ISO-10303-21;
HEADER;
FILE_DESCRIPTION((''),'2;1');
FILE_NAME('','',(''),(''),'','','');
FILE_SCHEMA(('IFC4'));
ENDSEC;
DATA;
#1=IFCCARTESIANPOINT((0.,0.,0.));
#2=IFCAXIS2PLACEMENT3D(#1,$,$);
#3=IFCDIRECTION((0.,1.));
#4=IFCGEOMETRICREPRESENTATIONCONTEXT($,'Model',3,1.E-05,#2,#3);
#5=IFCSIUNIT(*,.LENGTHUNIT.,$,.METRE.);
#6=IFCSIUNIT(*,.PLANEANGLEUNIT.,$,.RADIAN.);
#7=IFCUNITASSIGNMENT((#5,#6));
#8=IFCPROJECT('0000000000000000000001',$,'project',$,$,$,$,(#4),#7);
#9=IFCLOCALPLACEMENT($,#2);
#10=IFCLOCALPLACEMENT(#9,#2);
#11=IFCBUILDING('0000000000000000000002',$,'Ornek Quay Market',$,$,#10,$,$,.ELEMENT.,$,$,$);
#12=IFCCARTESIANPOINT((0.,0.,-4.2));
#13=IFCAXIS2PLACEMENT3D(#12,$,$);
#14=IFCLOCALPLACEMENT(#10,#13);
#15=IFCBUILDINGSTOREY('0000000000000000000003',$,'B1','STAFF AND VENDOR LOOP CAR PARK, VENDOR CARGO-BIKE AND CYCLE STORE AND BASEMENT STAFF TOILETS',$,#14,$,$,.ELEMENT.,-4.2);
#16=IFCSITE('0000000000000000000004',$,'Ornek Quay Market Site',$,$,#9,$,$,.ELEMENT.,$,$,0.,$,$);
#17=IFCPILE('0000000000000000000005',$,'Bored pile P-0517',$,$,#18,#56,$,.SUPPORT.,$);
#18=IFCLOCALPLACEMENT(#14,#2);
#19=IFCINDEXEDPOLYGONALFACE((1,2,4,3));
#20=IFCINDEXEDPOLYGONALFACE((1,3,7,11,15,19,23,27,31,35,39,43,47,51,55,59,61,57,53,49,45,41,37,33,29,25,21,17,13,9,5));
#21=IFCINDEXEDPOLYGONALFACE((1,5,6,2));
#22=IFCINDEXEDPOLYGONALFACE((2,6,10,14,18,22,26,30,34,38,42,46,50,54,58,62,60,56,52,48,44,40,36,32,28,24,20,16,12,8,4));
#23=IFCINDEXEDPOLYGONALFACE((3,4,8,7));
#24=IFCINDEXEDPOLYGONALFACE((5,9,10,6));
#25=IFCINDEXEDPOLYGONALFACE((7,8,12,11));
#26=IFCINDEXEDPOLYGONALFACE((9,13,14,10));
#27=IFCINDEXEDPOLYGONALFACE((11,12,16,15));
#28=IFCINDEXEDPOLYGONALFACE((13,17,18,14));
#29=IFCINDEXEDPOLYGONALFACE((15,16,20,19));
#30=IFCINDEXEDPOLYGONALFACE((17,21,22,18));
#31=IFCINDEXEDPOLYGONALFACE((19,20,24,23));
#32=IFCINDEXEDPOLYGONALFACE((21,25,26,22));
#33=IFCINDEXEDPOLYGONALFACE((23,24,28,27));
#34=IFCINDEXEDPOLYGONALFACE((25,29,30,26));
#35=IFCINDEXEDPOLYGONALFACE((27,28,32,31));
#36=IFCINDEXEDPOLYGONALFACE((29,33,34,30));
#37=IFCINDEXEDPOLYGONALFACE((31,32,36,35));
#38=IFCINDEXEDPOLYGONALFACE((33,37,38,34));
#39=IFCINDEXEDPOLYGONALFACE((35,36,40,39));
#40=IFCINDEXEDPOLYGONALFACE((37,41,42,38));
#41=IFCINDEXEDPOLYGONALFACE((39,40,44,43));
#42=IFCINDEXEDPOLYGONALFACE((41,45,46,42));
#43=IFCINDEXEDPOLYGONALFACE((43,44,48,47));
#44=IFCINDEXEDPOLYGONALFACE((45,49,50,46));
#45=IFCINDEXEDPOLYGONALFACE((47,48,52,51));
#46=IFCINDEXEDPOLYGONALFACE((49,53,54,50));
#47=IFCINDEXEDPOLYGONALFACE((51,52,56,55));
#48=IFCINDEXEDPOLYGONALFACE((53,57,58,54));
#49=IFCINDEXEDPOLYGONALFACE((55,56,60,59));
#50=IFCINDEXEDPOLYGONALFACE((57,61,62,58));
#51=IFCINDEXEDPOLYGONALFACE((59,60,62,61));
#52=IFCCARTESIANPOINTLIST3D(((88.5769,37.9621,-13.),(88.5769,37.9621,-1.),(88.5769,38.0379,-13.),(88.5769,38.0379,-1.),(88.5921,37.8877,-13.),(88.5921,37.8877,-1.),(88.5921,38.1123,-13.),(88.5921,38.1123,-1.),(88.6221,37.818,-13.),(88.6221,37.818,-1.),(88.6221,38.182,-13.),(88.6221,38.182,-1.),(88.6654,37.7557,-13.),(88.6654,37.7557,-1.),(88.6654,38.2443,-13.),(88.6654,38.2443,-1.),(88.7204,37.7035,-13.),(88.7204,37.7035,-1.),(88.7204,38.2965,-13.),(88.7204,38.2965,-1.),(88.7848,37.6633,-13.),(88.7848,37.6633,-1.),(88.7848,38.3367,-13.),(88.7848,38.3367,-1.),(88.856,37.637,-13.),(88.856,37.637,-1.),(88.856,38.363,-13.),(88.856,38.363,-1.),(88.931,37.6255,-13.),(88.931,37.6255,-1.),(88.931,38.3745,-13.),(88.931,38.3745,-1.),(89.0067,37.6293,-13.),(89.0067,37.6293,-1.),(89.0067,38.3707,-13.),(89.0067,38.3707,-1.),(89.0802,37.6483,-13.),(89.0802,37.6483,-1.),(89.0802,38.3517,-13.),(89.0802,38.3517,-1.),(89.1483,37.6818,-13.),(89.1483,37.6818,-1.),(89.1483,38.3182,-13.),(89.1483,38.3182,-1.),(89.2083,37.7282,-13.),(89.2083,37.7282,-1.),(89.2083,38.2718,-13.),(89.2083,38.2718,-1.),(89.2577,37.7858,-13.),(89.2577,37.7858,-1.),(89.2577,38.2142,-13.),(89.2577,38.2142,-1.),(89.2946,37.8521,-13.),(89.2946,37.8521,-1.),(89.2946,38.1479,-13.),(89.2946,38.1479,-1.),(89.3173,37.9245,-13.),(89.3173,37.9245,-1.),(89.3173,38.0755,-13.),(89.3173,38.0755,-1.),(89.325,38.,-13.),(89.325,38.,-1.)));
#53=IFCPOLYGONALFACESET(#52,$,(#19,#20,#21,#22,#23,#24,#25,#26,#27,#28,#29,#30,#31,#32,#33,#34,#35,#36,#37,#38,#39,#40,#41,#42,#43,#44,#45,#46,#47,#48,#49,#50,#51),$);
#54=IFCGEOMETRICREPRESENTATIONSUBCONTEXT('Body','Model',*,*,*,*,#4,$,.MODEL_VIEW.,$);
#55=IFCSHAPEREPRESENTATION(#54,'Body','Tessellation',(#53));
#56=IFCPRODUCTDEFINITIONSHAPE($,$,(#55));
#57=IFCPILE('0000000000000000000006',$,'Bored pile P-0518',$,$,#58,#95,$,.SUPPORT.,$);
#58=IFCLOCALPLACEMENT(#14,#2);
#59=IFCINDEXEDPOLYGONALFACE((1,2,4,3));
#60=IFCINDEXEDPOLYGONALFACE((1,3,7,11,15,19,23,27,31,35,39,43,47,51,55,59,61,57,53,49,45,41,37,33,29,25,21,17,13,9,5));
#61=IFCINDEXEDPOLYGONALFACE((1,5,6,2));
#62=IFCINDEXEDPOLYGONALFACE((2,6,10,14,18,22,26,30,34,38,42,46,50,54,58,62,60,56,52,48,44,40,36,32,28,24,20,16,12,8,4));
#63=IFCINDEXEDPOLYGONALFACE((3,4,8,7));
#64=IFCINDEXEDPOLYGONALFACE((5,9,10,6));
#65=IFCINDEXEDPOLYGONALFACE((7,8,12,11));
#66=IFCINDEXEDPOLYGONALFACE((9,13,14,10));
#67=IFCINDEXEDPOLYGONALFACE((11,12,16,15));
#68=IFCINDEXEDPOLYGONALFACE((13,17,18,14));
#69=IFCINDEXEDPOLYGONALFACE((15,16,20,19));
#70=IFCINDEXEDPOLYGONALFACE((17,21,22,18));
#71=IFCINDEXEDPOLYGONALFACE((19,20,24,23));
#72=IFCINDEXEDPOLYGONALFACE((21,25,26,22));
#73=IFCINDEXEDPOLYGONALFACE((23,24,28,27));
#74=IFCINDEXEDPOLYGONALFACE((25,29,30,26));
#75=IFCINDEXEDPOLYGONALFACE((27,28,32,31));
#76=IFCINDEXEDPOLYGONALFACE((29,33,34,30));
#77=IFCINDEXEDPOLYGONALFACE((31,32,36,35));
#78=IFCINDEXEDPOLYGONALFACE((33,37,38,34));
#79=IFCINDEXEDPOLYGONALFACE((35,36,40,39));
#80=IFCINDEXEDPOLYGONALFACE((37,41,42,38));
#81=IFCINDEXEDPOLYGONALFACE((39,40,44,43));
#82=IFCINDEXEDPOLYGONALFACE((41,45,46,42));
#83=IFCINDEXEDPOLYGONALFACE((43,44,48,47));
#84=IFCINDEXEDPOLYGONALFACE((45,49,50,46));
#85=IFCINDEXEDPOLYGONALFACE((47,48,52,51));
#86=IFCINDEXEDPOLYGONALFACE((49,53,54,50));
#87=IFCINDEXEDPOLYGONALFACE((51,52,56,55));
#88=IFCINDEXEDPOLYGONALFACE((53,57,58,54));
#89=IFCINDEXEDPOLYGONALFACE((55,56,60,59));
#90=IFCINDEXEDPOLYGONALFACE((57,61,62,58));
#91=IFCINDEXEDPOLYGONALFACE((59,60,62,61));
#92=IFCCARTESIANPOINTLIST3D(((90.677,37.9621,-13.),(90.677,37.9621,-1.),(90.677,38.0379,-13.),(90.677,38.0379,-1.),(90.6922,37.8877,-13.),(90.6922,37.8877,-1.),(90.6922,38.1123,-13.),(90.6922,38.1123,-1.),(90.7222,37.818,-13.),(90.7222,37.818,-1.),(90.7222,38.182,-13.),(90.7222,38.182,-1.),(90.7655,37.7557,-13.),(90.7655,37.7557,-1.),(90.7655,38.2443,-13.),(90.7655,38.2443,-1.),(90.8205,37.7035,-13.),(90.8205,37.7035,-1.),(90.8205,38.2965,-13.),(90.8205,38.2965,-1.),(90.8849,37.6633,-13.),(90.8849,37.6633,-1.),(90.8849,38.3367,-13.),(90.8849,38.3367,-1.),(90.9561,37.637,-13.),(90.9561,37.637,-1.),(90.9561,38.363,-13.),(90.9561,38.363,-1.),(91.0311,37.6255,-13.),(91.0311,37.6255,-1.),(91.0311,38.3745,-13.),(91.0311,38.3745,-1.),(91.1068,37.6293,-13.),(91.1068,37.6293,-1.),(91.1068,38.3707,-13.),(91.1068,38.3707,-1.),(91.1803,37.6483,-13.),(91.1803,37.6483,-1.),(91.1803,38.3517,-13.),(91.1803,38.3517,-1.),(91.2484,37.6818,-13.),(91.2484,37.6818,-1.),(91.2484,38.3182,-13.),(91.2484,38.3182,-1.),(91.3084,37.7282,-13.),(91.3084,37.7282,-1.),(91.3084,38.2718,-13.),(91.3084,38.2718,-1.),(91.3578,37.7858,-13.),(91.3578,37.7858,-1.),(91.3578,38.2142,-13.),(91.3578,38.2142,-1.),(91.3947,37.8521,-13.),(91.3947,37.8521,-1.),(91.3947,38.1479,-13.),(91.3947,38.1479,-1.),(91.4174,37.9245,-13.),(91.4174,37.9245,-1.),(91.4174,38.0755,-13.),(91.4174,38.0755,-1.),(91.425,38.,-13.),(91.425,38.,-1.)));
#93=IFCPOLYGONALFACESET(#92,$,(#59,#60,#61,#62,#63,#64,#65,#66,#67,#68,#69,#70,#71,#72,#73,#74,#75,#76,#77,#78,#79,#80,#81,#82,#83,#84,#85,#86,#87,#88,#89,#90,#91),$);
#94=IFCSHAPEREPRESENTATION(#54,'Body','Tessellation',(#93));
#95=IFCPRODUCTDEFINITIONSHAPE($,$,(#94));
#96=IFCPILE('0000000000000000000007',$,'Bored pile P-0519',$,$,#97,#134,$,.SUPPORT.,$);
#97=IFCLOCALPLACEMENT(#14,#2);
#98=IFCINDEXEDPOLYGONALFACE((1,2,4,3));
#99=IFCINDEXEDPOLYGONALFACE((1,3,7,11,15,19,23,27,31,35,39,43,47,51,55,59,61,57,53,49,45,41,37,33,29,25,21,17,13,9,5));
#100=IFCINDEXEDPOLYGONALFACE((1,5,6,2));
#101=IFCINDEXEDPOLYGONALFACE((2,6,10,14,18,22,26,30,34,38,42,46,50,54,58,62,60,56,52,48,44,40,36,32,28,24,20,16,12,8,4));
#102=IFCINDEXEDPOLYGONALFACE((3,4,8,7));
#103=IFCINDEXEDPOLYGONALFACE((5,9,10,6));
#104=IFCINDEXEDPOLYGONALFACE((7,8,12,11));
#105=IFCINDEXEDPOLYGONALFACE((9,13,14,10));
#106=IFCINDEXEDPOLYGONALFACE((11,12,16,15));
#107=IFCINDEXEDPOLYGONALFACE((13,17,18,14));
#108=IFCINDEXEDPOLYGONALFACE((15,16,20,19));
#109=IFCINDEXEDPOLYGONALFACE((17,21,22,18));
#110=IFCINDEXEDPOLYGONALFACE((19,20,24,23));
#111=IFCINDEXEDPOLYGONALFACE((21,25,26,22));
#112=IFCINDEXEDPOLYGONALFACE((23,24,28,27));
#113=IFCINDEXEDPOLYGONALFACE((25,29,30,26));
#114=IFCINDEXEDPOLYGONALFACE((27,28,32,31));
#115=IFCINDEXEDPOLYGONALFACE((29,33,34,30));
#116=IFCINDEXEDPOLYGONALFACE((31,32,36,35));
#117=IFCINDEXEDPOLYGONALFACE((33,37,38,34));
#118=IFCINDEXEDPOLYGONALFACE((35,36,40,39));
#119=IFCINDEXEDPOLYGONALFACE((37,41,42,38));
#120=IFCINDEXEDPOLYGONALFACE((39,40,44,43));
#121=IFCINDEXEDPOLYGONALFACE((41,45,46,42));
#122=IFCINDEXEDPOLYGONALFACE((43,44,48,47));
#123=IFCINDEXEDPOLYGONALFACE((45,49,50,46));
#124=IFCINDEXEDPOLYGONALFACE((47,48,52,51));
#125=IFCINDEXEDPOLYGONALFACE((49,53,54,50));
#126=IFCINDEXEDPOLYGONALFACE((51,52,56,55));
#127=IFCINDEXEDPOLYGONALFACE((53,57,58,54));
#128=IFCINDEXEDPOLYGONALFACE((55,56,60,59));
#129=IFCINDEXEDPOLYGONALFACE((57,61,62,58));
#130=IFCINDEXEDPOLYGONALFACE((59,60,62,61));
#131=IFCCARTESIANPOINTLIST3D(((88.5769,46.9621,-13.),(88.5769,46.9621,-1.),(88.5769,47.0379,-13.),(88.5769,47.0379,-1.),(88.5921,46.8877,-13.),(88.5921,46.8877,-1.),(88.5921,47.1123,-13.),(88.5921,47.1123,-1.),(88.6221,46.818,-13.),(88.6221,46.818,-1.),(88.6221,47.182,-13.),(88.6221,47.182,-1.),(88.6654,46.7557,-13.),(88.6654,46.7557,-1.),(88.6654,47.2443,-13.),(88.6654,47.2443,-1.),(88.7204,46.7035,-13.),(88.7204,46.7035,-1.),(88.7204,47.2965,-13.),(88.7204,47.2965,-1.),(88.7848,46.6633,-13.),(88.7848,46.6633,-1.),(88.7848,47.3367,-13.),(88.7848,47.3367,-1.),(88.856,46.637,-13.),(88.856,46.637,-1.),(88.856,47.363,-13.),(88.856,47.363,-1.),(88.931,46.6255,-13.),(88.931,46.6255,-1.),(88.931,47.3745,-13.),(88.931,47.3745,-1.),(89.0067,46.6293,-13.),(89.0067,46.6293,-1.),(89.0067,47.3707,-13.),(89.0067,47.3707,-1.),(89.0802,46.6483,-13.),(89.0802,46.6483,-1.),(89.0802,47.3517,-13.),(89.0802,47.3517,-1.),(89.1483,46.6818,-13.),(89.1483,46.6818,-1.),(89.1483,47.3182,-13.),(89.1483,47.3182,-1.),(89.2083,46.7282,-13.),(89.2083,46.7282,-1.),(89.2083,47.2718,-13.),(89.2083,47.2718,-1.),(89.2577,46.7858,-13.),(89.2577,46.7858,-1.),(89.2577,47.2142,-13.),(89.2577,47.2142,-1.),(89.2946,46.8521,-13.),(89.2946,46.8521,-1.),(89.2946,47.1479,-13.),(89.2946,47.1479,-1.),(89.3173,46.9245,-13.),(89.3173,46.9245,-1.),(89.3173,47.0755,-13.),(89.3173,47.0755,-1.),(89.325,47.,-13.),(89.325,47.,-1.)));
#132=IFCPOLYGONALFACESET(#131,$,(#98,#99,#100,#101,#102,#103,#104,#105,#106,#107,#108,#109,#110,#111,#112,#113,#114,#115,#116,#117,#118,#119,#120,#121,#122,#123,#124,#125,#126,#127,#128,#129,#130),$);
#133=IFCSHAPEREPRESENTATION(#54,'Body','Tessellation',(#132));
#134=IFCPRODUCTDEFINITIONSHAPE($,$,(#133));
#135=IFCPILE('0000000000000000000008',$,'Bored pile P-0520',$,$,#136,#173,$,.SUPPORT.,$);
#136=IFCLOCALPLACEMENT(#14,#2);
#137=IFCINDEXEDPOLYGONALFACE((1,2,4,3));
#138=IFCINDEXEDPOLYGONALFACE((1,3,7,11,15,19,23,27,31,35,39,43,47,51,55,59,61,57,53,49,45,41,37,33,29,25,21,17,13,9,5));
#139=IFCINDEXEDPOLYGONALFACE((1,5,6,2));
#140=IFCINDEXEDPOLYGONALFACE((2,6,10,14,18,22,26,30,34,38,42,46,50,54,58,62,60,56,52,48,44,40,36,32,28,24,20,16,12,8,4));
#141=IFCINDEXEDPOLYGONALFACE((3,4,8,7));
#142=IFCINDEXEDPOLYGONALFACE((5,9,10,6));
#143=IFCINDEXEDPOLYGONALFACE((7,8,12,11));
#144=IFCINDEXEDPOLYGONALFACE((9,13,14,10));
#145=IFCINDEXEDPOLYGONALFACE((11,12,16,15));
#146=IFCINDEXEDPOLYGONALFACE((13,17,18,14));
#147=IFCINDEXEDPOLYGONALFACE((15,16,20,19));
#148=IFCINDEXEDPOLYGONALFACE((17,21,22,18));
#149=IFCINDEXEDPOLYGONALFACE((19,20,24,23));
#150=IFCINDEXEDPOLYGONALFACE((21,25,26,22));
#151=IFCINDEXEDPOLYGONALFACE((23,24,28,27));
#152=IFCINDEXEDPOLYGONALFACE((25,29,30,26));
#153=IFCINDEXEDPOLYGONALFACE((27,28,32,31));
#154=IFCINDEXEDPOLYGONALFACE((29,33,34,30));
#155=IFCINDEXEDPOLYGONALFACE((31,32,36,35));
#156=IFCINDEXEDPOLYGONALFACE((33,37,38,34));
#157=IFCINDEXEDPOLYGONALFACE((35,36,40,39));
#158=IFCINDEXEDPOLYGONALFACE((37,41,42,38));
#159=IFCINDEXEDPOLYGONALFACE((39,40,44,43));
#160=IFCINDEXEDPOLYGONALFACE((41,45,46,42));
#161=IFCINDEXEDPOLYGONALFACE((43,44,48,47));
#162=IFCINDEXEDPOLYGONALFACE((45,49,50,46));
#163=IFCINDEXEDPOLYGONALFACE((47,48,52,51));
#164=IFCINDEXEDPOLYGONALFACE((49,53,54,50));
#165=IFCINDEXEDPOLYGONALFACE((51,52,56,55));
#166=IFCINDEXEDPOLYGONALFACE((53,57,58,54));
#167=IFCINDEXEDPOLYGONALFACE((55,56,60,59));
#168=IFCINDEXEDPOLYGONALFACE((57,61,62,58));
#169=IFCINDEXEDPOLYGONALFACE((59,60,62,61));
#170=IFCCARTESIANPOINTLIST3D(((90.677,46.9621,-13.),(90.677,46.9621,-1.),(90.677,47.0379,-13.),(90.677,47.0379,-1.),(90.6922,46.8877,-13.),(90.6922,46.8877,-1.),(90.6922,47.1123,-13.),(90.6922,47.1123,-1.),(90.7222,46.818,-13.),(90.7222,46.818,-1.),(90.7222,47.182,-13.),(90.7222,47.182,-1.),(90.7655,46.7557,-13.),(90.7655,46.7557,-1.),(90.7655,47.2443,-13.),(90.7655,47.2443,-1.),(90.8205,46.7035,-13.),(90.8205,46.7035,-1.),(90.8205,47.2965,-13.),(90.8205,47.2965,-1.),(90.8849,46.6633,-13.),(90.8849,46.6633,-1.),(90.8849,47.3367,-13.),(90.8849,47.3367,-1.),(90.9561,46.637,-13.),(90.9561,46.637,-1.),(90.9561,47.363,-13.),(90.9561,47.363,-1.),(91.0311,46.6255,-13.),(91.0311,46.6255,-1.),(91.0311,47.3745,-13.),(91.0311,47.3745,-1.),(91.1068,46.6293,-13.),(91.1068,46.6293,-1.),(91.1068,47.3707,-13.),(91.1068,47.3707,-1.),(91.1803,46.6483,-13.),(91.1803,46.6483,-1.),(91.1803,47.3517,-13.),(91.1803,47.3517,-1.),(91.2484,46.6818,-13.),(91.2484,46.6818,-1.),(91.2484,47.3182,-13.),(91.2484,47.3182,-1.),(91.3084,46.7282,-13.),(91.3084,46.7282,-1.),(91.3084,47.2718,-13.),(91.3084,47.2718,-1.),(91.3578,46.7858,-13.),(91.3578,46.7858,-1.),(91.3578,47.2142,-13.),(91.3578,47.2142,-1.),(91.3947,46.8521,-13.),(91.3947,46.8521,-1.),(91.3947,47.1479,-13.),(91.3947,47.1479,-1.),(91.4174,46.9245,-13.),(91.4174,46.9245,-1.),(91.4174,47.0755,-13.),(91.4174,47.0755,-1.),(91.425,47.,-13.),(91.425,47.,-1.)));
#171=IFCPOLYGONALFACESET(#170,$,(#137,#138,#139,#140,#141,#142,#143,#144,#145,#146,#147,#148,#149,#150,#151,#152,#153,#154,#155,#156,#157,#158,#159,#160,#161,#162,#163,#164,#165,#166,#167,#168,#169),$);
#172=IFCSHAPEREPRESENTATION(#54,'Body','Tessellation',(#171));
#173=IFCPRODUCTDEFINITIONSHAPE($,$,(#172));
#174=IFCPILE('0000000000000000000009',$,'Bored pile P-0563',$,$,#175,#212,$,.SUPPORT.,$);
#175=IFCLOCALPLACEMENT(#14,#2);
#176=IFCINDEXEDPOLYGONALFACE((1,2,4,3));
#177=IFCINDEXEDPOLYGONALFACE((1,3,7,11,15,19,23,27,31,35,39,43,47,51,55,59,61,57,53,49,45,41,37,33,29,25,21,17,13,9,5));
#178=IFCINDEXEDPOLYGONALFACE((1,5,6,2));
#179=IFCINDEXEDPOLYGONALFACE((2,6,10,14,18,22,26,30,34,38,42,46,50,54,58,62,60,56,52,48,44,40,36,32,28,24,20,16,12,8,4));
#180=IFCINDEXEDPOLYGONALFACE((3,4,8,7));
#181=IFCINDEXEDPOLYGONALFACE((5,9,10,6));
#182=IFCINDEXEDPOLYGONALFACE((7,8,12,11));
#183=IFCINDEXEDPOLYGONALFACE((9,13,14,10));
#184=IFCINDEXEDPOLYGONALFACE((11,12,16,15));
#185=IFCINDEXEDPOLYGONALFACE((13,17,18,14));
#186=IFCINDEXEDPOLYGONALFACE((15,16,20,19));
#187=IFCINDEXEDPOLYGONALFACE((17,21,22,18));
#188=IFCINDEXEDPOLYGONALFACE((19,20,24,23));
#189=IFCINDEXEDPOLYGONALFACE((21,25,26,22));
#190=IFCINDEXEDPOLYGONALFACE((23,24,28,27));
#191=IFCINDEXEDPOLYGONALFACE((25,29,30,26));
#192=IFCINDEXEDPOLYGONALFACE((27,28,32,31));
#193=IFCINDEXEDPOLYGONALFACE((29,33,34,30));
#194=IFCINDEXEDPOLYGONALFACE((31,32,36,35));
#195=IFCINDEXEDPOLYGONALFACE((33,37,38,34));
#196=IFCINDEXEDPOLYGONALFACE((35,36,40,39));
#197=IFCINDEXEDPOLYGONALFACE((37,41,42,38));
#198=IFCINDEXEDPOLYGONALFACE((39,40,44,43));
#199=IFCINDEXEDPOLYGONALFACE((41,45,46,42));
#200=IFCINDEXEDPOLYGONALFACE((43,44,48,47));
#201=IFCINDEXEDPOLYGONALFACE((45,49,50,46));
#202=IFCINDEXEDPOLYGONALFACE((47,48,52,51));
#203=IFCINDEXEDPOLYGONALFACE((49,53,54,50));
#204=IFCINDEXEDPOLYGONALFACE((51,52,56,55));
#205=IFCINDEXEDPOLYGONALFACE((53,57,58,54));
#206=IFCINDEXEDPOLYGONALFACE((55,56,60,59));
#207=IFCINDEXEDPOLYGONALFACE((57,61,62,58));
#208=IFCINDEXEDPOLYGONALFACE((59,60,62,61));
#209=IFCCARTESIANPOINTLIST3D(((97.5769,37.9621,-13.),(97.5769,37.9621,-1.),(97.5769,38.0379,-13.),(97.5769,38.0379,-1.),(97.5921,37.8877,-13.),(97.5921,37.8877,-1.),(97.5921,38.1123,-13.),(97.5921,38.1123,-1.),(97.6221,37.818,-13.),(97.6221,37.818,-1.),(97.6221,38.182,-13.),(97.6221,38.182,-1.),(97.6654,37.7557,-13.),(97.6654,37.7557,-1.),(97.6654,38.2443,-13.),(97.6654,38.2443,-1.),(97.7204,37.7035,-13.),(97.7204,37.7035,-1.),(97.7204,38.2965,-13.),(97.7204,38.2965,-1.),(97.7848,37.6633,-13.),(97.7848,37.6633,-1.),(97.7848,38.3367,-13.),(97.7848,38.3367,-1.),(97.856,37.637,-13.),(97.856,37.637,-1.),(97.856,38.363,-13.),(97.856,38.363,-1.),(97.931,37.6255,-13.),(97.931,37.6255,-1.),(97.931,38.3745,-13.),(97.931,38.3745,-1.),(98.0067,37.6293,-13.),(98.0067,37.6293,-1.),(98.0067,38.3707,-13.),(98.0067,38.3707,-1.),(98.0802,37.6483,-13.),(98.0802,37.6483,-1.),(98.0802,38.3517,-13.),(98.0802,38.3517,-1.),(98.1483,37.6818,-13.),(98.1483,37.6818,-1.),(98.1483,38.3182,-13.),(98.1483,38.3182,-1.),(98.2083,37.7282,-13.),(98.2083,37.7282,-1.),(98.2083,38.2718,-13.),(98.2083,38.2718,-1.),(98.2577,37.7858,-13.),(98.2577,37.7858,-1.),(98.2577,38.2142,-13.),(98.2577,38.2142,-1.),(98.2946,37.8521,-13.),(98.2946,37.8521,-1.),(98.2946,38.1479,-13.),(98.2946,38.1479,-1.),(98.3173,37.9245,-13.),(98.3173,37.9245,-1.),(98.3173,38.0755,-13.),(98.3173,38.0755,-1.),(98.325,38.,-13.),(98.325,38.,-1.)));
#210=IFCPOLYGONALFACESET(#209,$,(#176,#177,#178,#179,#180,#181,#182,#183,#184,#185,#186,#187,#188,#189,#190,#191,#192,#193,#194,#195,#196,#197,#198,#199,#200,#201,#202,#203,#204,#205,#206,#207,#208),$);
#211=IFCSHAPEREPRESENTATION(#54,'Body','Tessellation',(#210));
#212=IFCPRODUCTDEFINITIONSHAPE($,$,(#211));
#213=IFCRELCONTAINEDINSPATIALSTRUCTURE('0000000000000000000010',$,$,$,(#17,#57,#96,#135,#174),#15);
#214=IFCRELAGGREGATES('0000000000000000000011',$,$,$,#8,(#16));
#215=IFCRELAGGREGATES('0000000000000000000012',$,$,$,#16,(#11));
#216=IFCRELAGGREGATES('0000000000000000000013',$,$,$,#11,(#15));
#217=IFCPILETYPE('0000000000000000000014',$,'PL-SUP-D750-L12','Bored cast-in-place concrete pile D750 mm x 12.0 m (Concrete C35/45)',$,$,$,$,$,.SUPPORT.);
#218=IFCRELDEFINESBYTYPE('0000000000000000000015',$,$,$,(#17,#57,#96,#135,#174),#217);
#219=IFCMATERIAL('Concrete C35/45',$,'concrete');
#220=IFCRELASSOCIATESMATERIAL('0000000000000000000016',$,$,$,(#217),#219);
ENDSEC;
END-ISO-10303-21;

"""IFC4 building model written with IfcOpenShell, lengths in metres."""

from ifc_helpers import new_model, si_unit, direction, frame, origin, origin_2d, place, context, subcontext, project, spatial, circle, extrude, material, material_profile, profile_set, type_object, element, save


model = new_model("IFC4")

# Units and contexts
model_context = context("Model", 3, precision=1e-05, world=origin(), true_north=direction((0.0, 1.0)))
body_context = subcontext(model_context, "Body", "Model", "MODEL_VIEW")
ifc_project = project(units=[si_unit("LENGTHUNIT", "METRE"), si_unit("PLANEANGLEUNIT", "RADIAN")], contexts=[model_context])

# Site, building, storey
site_placement = place(None, origin())
site = spatial("IfcSite", under=ifc_project, at=site_placement, Name="Ornek Quay Market Site", CompositionType="ELEMENT", RefElevation=0.0)
building_placement = place(site_placement, origin())
building = spatial("IfcBuilding", under=site, at=building_placement, Name="Ornek Quay Market", CompositionType="ELEMENT")
storey_placement = place(building_placement, frame((0.0, 0.0, -4.2)))
storey = spatial("IfcBuildingStorey", under=building, at=storey_placement, Name="B1", Description="STAFF AND VENDOR LOOP CAR PARK, VENDOR CARGO-BIKE AND CYCLE STORE AND BASEMENT STAFF TOILETS", CompositionType="ELEMENT", Elevation=-4.2)

# Piles
ifc_material_1 = material(Name="Concrete C35/45", Category="concrete")
ifc_material_profile_1 = material_profile(ifc_material_1, circle(Radius=0.375, at=origin_2d()), Name="PILE D750", Category="concrete")
ifc_profile_set_1 = profile_set([ifc_material_profile_1], Name="Concrete C35/45")
pile_type = type_object("IfcPileType", Name="PL-SUP-D750-L12", Description="Bored cast-in-place concrete pile D750 mm x 12.0 m (Concrete C35/45)", PredefinedType="SUPPORT", material=ifc_profile_set_1)
for number, where, z_axis, x_axis, name in (
    (1, (88.95, 38.0, -1.0), (0.0, 0.0, -1.0), (1.0, 0.0, 0.0), "Bored pile P-0517"),
    (2, (91.05, 38.0, -1.0), (0.0, 0.0, -1.0), (1.0, 0.0, 0.0), "Bored pile P-0518"),
    (3, (88.95, 47.0, -1.0), (0.0, 0.0, -1.0), (1.0, 0.0, 0.0), "Bored pile P-0519"),
    (4, (91.05, 47.0, -1.0), (0.0, 0.0, -1.0), (1.0, 0.0, 0.0), "Bored pile P-0520"),
    (5, (97.95, 38.0, -1.0), (0.0, 0.0, -1.0), (1.0, 0.0, 0.0), "Bored pile P-0563"),
):
    element("IfcPile", number, at=place(storey_placement, frame(where, z_axis=z_axis, x_axis=x_axis)), inside=storey, type_object=pile_type, Name=name, PredefinedType="SUPPORT", context=body_context, shape_type="SweptSolid", body=[
        extrude(circle(Radius=0.375, at=origin_2d()), origin(), (0.0, 0.0, 1.0), 12.0),
    ])

save(model, "model.ifc")
